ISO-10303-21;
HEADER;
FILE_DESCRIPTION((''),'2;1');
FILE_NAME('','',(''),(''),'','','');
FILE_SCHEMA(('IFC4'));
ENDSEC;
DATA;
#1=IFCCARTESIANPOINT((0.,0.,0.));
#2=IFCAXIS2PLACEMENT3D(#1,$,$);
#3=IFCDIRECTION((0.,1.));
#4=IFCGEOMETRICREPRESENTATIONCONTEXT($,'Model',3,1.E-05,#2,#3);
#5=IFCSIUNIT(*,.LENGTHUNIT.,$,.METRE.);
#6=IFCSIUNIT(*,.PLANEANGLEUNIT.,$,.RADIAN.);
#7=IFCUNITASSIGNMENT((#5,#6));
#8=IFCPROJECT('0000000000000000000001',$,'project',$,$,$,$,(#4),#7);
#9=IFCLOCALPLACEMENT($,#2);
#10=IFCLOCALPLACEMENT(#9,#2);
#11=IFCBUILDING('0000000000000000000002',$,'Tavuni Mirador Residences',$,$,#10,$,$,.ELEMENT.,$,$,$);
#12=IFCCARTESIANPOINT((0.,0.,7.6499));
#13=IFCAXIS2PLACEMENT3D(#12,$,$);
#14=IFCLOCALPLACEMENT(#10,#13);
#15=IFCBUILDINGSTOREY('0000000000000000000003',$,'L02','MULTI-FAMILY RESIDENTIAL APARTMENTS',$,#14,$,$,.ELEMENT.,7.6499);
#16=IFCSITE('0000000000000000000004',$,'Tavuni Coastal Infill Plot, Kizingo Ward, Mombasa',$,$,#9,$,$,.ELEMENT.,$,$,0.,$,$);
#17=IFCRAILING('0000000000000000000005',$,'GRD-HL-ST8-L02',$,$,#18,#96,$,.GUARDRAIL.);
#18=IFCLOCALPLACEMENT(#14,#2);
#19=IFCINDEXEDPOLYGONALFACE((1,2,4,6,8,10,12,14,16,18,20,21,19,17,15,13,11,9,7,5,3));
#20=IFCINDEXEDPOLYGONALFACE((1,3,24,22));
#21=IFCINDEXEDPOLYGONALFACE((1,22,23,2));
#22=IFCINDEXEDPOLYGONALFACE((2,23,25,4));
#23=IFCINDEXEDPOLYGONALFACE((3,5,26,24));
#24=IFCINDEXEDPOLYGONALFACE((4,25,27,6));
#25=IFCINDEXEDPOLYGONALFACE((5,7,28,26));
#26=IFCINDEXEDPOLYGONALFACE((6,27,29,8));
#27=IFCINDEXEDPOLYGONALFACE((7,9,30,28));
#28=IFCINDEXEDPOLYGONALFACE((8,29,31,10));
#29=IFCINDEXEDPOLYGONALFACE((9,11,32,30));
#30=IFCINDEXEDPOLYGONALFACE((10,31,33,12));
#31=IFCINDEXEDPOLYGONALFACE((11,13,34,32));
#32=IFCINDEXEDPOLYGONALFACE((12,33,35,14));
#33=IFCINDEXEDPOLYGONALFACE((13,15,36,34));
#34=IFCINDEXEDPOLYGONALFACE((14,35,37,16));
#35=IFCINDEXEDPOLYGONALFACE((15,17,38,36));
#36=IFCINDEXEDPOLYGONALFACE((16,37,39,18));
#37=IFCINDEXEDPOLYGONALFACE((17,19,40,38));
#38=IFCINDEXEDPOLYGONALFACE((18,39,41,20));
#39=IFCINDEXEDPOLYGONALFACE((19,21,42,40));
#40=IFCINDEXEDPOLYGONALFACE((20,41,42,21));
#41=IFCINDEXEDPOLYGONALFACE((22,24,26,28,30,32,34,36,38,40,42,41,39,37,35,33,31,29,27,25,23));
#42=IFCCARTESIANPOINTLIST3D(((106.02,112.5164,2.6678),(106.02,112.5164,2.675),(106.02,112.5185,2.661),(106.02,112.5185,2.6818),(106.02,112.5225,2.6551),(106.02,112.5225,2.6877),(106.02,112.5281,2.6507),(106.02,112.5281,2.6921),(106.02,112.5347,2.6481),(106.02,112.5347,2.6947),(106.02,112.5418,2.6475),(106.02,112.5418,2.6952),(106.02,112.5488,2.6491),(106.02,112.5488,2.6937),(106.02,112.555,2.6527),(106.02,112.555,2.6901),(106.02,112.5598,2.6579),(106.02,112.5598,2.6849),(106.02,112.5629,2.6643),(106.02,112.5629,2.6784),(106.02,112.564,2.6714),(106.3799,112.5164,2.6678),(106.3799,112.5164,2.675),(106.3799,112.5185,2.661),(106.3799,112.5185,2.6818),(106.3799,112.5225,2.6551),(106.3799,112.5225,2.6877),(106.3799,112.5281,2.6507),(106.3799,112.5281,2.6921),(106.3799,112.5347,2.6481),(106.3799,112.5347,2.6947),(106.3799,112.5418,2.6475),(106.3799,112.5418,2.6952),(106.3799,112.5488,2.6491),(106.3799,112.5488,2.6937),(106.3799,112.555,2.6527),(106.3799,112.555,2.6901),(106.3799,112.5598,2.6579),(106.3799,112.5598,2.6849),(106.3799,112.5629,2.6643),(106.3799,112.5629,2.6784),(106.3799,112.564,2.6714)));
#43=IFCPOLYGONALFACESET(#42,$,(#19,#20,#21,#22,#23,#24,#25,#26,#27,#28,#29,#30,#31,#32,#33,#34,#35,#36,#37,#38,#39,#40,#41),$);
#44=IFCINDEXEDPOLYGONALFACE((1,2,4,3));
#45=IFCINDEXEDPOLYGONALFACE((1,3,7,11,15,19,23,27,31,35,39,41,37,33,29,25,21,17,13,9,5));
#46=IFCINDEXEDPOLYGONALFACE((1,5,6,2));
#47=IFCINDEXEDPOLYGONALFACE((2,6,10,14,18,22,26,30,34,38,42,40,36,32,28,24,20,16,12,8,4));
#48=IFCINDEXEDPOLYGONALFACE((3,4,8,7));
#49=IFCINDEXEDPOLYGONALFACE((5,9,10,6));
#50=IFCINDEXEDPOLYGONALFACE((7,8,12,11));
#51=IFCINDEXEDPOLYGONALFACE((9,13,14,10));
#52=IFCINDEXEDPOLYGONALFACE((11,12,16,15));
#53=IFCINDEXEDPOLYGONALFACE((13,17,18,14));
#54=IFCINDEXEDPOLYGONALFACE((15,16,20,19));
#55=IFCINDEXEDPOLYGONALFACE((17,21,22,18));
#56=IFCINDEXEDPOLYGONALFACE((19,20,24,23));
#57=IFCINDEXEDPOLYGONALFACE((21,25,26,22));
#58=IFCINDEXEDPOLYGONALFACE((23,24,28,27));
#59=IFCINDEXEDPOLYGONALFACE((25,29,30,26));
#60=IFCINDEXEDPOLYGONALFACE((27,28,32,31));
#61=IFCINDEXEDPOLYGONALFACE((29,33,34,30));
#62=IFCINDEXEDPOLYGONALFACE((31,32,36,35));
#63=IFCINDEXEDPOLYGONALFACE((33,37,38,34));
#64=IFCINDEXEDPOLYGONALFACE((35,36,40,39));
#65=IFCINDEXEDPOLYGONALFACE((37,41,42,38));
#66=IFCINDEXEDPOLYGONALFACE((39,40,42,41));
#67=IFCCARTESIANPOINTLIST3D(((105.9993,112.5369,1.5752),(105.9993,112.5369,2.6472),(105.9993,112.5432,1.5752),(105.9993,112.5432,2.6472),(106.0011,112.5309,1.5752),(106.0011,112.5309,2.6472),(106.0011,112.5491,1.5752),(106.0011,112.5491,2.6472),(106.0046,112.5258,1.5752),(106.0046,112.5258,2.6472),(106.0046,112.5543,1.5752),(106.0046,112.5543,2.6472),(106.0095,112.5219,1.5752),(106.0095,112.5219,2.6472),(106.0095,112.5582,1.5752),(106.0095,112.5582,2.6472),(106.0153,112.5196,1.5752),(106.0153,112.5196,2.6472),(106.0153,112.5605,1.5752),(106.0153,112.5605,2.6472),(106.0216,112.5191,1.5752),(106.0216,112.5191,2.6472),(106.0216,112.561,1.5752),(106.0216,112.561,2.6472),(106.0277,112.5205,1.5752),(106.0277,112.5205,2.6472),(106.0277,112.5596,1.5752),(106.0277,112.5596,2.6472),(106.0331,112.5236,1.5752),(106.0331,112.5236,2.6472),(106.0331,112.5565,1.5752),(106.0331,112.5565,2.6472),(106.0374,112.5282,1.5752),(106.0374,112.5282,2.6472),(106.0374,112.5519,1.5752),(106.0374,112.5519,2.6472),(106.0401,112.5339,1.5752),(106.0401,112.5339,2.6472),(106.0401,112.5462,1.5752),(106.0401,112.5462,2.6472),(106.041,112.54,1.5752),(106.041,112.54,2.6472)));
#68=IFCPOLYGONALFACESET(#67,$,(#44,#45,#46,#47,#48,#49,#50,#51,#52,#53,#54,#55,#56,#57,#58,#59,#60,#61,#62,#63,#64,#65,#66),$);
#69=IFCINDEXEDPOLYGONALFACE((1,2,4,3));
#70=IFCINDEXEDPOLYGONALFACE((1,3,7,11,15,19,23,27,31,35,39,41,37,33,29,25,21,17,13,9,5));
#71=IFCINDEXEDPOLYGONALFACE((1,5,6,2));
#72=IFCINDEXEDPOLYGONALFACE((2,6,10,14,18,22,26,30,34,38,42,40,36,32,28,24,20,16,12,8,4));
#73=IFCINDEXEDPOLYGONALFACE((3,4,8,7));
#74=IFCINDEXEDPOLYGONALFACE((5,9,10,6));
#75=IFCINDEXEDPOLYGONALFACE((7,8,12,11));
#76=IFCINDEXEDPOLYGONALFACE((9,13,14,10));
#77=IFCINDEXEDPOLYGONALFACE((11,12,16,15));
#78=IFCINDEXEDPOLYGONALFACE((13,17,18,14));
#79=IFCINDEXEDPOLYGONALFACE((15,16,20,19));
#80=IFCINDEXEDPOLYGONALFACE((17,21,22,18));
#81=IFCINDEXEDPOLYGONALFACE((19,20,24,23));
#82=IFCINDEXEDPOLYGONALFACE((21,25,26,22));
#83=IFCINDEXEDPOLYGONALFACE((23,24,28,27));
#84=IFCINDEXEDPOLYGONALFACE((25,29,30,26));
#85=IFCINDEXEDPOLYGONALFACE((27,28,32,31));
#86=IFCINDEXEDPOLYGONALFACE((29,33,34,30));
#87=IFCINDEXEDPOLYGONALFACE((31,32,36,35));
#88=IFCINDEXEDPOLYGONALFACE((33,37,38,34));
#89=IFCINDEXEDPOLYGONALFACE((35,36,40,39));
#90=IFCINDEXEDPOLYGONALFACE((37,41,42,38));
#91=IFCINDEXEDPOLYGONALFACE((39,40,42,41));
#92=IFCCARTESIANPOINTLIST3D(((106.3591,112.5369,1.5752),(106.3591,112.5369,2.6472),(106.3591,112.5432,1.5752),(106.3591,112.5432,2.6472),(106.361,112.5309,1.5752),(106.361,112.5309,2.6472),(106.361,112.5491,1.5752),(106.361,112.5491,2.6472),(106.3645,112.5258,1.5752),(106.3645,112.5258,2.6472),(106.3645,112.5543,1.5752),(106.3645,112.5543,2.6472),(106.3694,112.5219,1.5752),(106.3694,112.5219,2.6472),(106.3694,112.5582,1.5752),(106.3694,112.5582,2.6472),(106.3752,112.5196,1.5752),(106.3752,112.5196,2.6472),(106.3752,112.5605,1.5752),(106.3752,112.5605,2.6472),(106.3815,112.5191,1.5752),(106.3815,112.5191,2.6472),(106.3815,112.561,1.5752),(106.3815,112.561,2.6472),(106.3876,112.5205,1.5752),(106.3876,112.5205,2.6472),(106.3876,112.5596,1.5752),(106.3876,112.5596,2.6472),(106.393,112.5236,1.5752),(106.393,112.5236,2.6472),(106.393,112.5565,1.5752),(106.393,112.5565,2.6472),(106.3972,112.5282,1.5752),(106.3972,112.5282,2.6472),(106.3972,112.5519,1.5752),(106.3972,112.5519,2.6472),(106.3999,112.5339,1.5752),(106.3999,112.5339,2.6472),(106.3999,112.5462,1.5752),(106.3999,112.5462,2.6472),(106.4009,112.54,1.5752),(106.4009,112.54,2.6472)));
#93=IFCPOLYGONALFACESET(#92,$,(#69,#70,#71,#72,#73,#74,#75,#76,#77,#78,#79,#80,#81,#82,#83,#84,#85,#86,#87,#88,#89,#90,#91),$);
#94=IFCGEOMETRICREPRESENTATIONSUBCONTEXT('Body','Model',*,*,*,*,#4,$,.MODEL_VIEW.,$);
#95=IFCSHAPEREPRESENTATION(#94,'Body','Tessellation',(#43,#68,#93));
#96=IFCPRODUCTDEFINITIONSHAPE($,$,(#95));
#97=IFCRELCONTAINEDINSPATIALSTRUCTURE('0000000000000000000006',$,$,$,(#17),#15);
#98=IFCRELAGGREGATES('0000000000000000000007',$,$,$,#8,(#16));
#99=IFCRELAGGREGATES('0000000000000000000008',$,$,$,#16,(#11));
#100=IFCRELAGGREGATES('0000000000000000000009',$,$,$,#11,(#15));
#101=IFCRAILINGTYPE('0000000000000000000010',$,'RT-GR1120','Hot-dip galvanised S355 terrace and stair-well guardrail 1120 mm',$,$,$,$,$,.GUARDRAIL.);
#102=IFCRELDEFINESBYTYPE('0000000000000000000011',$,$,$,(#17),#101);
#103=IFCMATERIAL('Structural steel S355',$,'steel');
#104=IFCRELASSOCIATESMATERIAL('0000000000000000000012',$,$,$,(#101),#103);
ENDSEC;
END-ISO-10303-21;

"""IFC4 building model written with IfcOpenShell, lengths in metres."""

from ifc_helpers import new_model, si_unit, direction, frame, origin, origin_2d, place, context, subcontext, project, spatial, circle, extrude, material, type_object, element, save


model = new_model("IFC4")

# Units and contexts
model_context = context("Model", 3, precision=1e-05, world=origin(), true_north=direction((0.0, 1.0)))
body_context = subcontext(model_context, "Body", "Model", "MODEL_VIEW")
ifc_project = project(units=[si_unit("LENGTHUNIT", "METRE"), si_unit("PLANEANGLEUNIT", "RADIAN")], contexts=[model_context])

# Site, building, storey
site_placement = place(None, origin())
site = spatial("IfcSite", under=ifc_project, at=site_placement, Name="Tavuni Coastal Infill Plot, Kizingo Ward, Mombasa", CompositionType="ELEMENT", RefElevation=0.0)
building_placement = place(site_placement, origin())
building = spatial("IfcBuilding", under=site, at=building_placement, Name="Tavuni Mirador Residences", CompositionType="ELEMENT")
storey_placement = place(building_placement, frame((0.0, 0.0, 7.6499)))
storey = spatial("IfcBuildingStorey", under=building, at=storey_placement, Name="L02", Description="MULTI-FAMILY RESIDENTIAL APARTMENTS", CompositionType="ELEMENT", Elevation=7.6499)

# Shared definitions
ifc_material_1 = material(Name="Structural steel S355", Category="steel")

# Railing
railing_type_1 = type_object("IfcRailingType", Name="RT-GR1120", Description="Hot-dip galvanised S355 terrace and stair-well guardrail 1120 mm", PredefinedType="GUARDRAIL", material=ifc_material_1)
railing_1_placement = place(storey_placement, frame((106.02, 112.54, 1.5752)))
element("IfcRailing", 1, at=railing_1_placement, inside=storey, type_object=railing_type_1, Name="GRD-HL-ST8-L02", PredefinedType="GUARDRAIL", context=body_context, shape_type="SweptSolid", body=[
    extrude(circle(Radius=0.0239, at=origin_2d()), frame((0.0, 0.0, 1.0962), z_axis=(1.0, 0.0, 0.0), x_axis=(0.0, 1.0, 0.0)), (0.0, 0.0, 1.0), 0.3599),
    extrude(circle(Radius=0.021, at=origin_2d()), origin(), (0.0, 0.0, 1.0), 1.072),
    extrude(circle(Radius=0.021, at=origin_2d()), frame((0.3599, 0.0, 0.0)), (0.0, 0.0, 1.0), 1.072),
])

save(model, "model.ifc")
